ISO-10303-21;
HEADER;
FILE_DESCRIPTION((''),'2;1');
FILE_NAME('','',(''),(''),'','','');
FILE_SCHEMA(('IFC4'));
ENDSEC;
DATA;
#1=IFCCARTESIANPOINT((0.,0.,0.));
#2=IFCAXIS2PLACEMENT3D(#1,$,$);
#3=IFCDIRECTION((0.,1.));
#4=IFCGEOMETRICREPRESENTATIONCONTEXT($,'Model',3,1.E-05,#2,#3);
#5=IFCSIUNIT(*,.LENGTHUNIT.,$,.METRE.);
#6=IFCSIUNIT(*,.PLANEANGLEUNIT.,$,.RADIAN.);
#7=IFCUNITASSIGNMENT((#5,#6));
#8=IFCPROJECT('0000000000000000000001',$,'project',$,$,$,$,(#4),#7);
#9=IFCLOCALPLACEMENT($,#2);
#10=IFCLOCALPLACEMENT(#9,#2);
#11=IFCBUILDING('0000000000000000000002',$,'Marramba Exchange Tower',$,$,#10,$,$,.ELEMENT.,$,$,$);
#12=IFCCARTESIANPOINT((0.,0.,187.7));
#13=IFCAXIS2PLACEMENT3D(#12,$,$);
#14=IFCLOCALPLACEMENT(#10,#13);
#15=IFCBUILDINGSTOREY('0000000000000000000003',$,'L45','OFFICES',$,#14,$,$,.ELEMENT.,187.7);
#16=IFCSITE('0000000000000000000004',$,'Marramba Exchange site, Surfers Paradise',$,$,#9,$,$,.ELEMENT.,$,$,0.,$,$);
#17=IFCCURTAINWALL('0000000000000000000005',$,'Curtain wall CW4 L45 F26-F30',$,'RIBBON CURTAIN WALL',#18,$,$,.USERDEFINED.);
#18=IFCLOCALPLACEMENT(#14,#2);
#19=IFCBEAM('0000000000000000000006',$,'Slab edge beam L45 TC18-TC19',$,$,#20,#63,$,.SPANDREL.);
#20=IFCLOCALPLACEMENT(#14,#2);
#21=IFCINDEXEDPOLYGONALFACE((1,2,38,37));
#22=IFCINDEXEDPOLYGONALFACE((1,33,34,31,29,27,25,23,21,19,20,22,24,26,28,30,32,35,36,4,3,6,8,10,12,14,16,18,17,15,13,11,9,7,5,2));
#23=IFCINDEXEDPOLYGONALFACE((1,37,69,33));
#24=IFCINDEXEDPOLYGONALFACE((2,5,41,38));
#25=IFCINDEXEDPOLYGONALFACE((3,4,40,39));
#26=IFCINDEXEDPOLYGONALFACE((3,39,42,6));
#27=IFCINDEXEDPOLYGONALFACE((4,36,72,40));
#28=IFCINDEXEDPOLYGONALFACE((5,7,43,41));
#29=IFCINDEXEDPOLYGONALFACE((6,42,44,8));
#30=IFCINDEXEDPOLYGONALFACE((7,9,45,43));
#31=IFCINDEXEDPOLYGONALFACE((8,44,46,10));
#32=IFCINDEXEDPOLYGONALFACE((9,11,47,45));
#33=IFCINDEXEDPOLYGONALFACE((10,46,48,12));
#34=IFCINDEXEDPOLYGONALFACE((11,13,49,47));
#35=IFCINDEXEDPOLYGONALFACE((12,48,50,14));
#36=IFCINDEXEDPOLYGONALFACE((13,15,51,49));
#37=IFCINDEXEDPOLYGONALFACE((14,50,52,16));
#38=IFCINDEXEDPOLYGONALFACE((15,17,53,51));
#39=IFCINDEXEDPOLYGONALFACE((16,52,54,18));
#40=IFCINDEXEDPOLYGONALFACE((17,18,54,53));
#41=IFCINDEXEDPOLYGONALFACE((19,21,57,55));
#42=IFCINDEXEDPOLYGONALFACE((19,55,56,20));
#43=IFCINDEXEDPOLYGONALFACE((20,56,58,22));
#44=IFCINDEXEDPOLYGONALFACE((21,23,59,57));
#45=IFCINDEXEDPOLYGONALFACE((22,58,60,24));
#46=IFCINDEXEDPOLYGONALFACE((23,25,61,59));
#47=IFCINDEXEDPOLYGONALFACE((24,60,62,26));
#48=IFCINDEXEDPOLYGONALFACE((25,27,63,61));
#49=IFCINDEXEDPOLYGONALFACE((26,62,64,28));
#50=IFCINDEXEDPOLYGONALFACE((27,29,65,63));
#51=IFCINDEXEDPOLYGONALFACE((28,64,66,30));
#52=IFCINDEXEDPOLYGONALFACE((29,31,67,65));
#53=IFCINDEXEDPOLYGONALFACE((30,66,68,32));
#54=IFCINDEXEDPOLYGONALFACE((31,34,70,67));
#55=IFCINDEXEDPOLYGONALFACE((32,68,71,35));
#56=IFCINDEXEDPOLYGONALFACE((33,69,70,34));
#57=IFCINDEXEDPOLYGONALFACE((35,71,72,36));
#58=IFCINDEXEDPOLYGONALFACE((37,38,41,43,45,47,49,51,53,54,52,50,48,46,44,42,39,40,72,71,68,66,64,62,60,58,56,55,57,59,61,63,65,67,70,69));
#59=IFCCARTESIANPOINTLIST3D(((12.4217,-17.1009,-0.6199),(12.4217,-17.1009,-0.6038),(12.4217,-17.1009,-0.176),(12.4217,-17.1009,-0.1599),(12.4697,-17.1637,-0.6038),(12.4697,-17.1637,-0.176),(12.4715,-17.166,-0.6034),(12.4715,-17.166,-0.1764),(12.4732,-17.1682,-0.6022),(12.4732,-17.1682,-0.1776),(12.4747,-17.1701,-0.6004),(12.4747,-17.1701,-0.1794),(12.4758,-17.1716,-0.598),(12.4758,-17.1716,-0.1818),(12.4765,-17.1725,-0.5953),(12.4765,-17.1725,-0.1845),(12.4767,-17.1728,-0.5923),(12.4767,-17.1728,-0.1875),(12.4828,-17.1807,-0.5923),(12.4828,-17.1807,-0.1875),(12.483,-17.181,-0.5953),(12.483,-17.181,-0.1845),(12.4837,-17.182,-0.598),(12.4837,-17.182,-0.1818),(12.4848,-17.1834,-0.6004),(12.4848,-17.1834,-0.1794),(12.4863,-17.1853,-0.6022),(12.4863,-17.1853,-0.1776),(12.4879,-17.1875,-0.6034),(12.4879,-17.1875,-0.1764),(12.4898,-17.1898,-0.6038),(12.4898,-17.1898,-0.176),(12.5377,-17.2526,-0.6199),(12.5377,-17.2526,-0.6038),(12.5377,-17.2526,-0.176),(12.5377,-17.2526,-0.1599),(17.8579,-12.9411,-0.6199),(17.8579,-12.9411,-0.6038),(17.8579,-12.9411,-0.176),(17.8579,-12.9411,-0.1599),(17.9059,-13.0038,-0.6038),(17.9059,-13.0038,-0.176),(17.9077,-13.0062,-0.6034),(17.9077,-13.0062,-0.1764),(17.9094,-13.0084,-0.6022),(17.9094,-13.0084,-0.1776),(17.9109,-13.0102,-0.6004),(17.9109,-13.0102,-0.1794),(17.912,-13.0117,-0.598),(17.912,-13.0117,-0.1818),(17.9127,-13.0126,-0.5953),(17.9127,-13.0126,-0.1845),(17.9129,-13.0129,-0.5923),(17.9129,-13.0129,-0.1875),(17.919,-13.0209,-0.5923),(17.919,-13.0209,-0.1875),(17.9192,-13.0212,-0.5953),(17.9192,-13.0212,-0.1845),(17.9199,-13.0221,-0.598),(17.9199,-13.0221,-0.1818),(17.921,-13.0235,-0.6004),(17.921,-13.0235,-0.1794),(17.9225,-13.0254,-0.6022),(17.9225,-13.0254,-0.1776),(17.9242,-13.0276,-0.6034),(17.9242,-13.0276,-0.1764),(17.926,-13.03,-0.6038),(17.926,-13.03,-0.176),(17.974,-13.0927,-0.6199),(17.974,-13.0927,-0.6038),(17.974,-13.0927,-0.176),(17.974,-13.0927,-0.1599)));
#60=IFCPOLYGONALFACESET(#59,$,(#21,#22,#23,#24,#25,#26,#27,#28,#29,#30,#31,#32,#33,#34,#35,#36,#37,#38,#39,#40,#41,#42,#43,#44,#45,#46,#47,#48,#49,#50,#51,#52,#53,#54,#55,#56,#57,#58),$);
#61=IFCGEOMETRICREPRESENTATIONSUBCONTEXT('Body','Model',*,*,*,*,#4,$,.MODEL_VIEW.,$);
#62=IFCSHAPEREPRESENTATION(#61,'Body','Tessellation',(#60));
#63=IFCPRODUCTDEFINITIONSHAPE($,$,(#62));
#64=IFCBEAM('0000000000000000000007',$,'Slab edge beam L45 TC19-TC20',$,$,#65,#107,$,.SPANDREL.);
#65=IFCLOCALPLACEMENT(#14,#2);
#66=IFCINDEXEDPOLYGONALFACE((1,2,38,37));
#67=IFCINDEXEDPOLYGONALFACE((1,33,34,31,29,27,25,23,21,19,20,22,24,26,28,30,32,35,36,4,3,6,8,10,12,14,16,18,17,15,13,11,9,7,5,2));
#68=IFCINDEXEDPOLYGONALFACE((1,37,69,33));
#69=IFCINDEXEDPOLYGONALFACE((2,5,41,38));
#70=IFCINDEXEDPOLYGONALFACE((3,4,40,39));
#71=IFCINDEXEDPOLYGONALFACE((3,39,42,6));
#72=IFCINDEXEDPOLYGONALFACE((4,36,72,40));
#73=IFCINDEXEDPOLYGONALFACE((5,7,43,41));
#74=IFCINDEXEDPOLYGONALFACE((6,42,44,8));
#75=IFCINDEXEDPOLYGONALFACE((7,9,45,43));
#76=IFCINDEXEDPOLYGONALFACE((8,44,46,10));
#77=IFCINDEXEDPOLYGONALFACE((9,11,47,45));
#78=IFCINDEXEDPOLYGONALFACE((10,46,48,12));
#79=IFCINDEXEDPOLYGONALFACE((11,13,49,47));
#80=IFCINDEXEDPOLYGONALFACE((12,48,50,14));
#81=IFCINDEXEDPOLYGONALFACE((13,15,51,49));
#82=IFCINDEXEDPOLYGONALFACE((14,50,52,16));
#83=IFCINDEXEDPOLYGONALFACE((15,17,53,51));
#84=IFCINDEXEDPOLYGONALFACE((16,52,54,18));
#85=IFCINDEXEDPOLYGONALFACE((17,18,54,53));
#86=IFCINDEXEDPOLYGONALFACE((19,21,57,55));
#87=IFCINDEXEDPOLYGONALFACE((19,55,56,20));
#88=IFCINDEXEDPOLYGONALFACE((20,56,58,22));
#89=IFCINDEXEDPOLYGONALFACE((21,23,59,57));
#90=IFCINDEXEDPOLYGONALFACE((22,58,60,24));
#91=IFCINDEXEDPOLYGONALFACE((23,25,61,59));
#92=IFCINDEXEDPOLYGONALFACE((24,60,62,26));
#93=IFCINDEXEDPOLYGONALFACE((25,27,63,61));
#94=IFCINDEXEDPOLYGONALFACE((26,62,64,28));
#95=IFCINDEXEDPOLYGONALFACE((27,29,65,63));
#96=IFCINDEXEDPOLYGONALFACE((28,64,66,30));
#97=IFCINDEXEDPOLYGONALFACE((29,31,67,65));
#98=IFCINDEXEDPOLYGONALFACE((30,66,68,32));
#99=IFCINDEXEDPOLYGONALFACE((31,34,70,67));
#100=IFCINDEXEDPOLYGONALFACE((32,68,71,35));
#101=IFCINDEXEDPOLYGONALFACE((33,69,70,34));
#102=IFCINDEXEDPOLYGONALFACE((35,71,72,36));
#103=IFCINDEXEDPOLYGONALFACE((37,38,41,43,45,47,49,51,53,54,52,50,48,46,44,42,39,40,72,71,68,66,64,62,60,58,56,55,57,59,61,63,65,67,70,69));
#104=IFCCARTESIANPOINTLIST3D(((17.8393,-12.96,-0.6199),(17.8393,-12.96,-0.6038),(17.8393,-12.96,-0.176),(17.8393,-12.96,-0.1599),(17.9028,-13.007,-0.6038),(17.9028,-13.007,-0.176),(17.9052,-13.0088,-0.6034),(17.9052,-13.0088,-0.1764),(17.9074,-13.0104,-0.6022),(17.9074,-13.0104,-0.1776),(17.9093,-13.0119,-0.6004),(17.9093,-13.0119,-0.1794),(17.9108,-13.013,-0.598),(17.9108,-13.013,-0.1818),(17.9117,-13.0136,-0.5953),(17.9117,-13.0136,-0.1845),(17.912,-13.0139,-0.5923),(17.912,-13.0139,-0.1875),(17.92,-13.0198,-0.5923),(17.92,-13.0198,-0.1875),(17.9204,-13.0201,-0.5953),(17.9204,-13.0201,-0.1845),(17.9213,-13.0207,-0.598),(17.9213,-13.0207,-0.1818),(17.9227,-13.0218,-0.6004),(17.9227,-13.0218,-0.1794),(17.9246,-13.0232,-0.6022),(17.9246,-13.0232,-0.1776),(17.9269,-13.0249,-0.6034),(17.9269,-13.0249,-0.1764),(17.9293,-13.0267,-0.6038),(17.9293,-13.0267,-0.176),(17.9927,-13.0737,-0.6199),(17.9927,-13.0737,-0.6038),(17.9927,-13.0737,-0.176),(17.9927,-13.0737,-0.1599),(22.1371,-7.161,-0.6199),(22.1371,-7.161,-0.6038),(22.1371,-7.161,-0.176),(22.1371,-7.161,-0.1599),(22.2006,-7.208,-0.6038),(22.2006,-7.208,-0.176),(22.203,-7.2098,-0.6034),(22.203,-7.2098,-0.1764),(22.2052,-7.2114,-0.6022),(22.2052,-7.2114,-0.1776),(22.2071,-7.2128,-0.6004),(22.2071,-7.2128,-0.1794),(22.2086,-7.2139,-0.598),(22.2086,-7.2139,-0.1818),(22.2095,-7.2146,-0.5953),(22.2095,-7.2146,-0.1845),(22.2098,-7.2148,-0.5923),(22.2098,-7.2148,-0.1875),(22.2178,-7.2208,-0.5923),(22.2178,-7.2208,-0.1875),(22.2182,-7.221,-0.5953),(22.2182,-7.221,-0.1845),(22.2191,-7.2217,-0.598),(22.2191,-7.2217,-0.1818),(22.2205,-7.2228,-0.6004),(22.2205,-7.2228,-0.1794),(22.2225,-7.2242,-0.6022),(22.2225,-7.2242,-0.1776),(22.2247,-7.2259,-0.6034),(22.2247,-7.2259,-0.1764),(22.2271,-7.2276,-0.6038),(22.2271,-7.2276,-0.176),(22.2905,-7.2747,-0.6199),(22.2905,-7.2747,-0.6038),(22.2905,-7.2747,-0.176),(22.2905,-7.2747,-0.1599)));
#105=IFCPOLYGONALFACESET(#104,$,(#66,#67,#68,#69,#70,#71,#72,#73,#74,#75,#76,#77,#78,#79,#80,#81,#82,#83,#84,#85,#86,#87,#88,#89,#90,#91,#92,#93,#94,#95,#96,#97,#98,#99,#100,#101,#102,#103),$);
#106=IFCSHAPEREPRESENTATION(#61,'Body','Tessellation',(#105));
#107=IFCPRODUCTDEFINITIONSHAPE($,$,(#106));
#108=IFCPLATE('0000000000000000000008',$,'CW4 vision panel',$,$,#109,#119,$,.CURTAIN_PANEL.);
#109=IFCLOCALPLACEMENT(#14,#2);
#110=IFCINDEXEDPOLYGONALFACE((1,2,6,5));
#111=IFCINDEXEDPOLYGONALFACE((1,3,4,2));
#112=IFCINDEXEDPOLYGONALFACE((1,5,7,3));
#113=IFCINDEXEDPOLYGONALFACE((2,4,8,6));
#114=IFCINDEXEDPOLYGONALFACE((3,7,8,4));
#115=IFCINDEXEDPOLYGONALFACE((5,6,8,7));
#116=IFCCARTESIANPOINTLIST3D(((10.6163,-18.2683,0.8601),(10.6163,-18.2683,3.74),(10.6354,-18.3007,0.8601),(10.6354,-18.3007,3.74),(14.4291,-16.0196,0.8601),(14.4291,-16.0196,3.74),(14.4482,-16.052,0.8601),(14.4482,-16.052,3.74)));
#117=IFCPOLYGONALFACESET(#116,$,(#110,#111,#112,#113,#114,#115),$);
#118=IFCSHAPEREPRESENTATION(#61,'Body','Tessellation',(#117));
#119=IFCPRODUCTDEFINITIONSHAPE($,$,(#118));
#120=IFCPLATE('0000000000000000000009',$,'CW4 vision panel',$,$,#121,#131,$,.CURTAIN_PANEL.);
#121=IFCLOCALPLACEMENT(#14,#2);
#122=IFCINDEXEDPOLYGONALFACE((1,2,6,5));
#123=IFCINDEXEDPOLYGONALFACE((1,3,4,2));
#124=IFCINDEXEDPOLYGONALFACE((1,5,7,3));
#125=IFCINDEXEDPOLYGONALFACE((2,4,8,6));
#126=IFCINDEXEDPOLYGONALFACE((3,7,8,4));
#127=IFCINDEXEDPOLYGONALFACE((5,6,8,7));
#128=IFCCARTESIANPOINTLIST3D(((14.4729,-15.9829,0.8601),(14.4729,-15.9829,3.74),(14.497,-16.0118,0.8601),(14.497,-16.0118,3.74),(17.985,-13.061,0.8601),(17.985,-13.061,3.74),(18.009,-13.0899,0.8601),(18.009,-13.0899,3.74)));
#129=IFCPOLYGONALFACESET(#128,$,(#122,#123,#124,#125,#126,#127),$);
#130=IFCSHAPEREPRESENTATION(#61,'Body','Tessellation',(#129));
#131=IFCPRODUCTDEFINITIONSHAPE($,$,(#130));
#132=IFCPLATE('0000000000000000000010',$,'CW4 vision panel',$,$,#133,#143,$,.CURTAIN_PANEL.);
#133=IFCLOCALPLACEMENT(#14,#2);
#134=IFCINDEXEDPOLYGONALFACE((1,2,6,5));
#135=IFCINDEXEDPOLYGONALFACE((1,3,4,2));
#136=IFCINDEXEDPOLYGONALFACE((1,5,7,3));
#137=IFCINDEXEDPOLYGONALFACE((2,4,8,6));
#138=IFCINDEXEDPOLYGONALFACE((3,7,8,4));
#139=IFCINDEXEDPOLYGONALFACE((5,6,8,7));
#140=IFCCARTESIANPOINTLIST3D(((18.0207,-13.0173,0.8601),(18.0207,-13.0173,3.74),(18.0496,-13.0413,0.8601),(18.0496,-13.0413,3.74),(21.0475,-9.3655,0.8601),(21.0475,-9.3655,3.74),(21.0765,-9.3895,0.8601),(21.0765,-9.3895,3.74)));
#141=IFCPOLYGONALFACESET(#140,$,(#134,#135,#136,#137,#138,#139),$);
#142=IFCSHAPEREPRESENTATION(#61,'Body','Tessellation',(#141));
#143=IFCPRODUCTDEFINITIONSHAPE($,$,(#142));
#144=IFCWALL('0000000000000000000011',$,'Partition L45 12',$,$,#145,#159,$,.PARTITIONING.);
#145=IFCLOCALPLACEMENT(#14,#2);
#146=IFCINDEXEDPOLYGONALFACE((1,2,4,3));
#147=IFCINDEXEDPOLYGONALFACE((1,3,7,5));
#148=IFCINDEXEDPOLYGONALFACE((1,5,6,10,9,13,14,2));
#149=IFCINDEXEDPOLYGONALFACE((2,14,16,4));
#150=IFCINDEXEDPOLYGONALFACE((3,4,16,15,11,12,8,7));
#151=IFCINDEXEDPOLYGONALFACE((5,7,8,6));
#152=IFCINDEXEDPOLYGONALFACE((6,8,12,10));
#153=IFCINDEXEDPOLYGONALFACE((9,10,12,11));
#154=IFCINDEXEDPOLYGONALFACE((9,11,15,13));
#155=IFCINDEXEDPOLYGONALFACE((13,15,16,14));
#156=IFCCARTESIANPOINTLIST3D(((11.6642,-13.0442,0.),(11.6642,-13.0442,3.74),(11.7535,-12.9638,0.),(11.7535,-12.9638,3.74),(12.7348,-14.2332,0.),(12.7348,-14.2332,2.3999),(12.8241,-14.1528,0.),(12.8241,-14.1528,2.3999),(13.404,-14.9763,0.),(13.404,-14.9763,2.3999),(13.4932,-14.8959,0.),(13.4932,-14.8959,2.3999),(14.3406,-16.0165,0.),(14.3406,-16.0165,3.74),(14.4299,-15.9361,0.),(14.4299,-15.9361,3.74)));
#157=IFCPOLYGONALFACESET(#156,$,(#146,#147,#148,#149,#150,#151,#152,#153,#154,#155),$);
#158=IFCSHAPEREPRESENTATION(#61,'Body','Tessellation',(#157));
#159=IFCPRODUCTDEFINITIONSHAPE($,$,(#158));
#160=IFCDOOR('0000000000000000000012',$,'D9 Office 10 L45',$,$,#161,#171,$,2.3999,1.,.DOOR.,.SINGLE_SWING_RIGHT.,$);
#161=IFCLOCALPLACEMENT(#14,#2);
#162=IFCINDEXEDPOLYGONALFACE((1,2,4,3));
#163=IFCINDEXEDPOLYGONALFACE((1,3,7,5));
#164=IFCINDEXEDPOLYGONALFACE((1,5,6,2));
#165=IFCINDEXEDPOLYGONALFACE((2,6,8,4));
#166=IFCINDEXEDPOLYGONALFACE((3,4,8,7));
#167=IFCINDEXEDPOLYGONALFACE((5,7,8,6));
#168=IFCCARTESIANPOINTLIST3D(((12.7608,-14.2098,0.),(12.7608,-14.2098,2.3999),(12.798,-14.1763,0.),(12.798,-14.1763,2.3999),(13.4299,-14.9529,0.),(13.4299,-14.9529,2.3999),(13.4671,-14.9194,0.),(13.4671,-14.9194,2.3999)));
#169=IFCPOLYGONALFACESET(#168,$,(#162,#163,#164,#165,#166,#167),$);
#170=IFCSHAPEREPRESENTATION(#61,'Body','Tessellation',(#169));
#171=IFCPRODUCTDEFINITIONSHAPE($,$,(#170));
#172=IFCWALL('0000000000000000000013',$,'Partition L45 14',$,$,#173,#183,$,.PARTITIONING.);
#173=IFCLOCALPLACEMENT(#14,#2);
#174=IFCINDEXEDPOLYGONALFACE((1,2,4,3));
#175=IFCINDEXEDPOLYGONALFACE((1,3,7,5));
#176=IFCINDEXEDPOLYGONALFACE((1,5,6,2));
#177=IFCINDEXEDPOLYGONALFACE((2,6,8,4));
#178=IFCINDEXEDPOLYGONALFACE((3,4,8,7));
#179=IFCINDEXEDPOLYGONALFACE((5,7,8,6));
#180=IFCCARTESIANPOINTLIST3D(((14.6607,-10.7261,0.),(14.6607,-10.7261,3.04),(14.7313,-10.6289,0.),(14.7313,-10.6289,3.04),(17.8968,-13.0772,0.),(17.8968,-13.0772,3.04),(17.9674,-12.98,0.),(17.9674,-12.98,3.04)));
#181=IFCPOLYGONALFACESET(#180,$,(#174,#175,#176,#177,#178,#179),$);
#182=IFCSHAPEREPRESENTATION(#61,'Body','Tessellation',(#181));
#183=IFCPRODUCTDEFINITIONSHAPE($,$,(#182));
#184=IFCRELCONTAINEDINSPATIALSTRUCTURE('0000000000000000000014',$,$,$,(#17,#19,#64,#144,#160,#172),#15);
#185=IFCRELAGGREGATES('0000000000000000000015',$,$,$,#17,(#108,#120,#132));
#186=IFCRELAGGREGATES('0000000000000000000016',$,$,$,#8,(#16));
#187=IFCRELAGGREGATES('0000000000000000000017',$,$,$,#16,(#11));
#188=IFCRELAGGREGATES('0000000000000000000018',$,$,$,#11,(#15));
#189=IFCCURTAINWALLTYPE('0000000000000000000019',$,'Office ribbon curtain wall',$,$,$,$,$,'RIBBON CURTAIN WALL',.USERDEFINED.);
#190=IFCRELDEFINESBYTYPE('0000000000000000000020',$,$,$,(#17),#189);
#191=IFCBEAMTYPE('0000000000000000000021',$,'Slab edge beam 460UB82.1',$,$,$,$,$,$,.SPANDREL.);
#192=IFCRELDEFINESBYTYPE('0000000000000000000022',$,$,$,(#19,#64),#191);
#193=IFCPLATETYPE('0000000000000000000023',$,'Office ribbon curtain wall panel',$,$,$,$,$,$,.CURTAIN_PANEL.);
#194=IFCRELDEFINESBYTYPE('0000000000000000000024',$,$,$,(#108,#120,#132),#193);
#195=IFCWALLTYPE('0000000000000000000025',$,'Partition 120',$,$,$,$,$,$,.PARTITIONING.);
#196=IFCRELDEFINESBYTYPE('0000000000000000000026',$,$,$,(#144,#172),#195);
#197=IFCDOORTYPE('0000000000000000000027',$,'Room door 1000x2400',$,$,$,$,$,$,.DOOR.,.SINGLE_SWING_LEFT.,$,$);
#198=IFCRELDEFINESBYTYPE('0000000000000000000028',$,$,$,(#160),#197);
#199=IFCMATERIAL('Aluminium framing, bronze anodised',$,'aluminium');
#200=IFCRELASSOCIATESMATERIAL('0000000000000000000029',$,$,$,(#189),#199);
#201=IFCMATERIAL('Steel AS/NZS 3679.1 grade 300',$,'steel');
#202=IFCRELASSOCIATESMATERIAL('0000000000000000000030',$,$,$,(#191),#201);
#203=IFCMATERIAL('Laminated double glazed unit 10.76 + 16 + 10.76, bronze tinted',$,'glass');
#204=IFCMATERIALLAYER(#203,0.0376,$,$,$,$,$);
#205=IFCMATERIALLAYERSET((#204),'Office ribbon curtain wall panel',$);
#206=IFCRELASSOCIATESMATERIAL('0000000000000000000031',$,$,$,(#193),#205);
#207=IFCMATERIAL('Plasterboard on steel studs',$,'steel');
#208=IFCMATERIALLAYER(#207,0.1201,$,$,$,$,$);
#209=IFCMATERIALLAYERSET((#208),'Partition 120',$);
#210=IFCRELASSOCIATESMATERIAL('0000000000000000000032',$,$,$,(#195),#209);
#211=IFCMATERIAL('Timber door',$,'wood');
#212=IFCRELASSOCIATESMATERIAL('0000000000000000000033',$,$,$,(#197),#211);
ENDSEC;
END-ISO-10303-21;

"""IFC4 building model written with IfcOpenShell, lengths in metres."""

from ifc_helpers import new_model, si_unit, direction, frame, frame_2d, origin, origin_2d, place, context, subcontext, project, spatial, rectangle, i_section, extrude, material, layer, layer_set, material_profile, profile_set, type_object, element, fill, aggregate, save


model = new_model("IFC4")

# Units and contexts
model_context = context("Model", 3, precision=1e-05, world=origin(), true_north=direction((0.0, 1.0)))
body_context = subcontext(model_context, "Body", "Model", "MODEL_VIEW")
ifc_project = project(units=[si_unit("LENGTHUNIT", "METRE"), si_unit("PLANEANGLEUNIT", "RADIAN")], contexts=[model_context])

# Site, building, storey
site_placement = place(None, origin())
site = spatial("IfcSite", under=ifc_project, at=site_placement, Name="Marramba Exchange site, Surfers Paradise", CompositionType="ELEMENT", RefElevation=0.0)
building_placement = place(site_placement, origin())
building = spatial("IfcBuilding", under=site, at=building_placement, Name="Marramba Exchange Tower", CompositionType="ELEMENT")
storey_placement = place(building_placement, frame((0.0, 0.0, 187.7)))
storey = spatial("IfcBuildingStorey", under=building, at=storey_placement, Name="L45", Description="OFFICES", CompositionType="ELEMENT", Elevation=187.7)

# Curtain wall
ifc_material_1 = material(Name="Aluminium framing, bronze anodised", Category="aluminium")
curtain_wall_type = type_object("IfcCurtainWallType", Name="Office ribbon curtain wall", ElementType="RIBBON CURTAIN WALL", PredefinedType="USERDEFINED", material=ifc_material_1)
curtain_wall_placement = place(storey_placement, origin())
curtain_wall = element("IfcCurtainWall", 1, at=curtain_wall_placement, inside=storey, type_object=curtain_wall_type, Name="Curtain wall CW4 L45 F26-F30", ObjectType="RIBBON CURTAIN WALL", PredefinedType="USERDEFINED")

# Beams
ifc_material_2 = material(Name="Steel AS/NZS 3679.1 grade 300", Category="steel")
ifc_material_profile_1 = material_profile(ifc_material_2, i_section(OverallWidth=0.1909, OverallDepth=0.46, WebThickness=0.01, FlangeThickness=0.0161, FilletRadius=0.0115, at=origin_2d()), Name="460UB82.1")
ifc_profile_set_1 = profile_set([ifc_material_profile_1], Name="Steel AS/NZS 3679.1 grade 300")
beam_type_1 = type_object("IfcBeamType", Name="Slab edge beam 460UB82.1", PredefinedType="SPANDREL", material=ifc_profile_set_1)
beam_1_placement = place(storey_placement, frame((12.4797, -17.1768, -0.3899), z_axis=(0.794163, 0.607704, 0.0), x_axis=(-0.607704, 0.794163, 0.0)))
element("IfcBeam", 2, at=beam_1_placement, inside=storey, type_object=beam_type_1, Name="Slab edge beam L45 TC18-TC19", PredefinedType="SPANDREL", context=body_context, shape_type="SweptSolid", body=[
    extrude(i_section(OverallWidth=0.1909, OverallDepth=0.46, WebThickness=0.01, FlangeThickness=0.0161, FilletRadius=0.0115, at=origin_2d()), origin(), (0.0, 0.0, 1.0), 6.8452),
])
beam_2_placement = place(storey_placement, frame((17.916, -13.0168, -0.3899), z_axis=(0.595428, 0.803409, 0.0), x_axis=(-0.803409, 0.595428, 0.0)))
element("IfcBeam", 3, at=beam_2_placement, inside=storey, type_object=beam_type_1, Name="Slab edge beam L45 TC19-TC20", PredefinedType="SPANDREL", context=body_context, shape_type="SweptSolid", body=[
    extrude(i_section(OverallWidth=0.1909, OverallDepth=0.46, WebThickness=0.01, FlangeThickness=0.0161, FilletRadius=0.0115, at=origin_2d()), origin(), (0.0, 0.0, 1.0), 7.218),
])

# Plates
ifc_material_3 = material(Name="Laminated double glazed unit 10.76 + 16 + 10.76, bronze tinted", Category="glass")
ifc_layer_1 = layer(ifc_material_3, 0.0376)
ifc_layer_set_1 = layer_set([ifc_layer_1], Name="Office ribbon curtain wall panel")
plate_type = type_object("IfcPlateType", Name="Office ribbon curtain wall panel", PredefinedType="CURTAIN_PANEL", material=ifc_layer_set_1)
plate_1_placement = place(storey_placement, frame((12.5322, -17.1602, 0.8601), z_axis=(0.0, 0.0, 1.0), x_axis=(0.861351, 0.508011, 0.0)))
plate_1 = element("IfcPlate", 4, at=plate_1_placement, type_object=plate_type, Name="CW4 vision panel", PredefinedType="CURTAIN_PANEL", context=body_context, shape_type="SweptSolid", body=[
    extrude(rectangle(XDim=4.4265, YDim=0.0376, at=origin_2d()), origin(), (0.0, 0.0, 1.0), 2.8799),
])
plate_2_placement = place(storey_placement, frame((16.241, -14.5364, 0.8601), z_axis=(0.0, 0.0, 1.0), x_axis=(0.768737, 0.639565, 0.0)))
plate_2 = element("IfcPlate", 5, at=plate_2_placement, type_object=plate_type, Name="CW4 vision panel", PredefinedType="CURTAIN_PANEL", context=body_context, shape_type="SweptSolid", body=[
    extrude(rectangle(XDim=4.5686, YDim=0.0376, at=origin_2d()), origin(), (0.0, 0.0, 1.0), 2.8799),
])
plate_3_placement = place(storey_placement, frame((19.5486, -11.2034, 0.8601), z_axis=(0.0, 0.0, 1.0), x_axis=(0.63815, 0.769912, 0.0)))
plate_3 = element("IfcPlate", 6, at=plate_3_placement, type_object=plate_type, Name="CW4 vision panel", PredefinedType="CURTAIN_PANEL", context=body_context, shape_type="SweptSolid", body=[
    extrude(rectangle(XDim=4.7432, YDim=0.0376, at=origin_2d()), origin(), (0.0, 0.0, 1.0), 2.8799),
])
aggregate(curtain_wall, [plate_1, plate_2, plate_3])

# Wall, opening, door
ifc_material_4 = material(Name="Plasterboard on steel studs", Category="steel")
ifc_layer_2 = layer(ifc_material_4, 0.1201)
ifc_layer_set_2 = layer_set([ifc_layer_2], Name="Partition 120")
wall_type = type_object("IfcWallType", Name="Partition 120", PredefinedType="PARTITIONING", material=ifc_layer_set_2)
wall_1_placement = place(storey_placement, frame((11.7087, -13.0039, 0.0), z_axis=(0.0, 0.0, 1.0), x_axis=(0.66915, -0.743127, 0.0)))
wall_1 = element("IfcWall", 7, at=wall_1_placement, inside=storey, type_object=wall_type, Name="Partition L45 12", PredefinedType="PARTITIONING", context=body_context, shape_type="SweptSolid", body=[
    extrude(rectangle(XDim=3.9998, YDim=0.1201, at=frame_2d((2.0, 0.0))), origin(), (0.0, 0.0, 1.0), 3.74),
])
opening_placement = place(wall_1_placement, frame((1.6001, 0.0, 0.0)))
opening = element("IfcOpeningElement", 8, at=opening_placement, cuts=wall_1, PredefinedType="OPENING", context=body_context, shape_type="SweptSolid", body=[
    extrude(rectangle(XDim=1.0, YDim=2.3999, at=frame_2d((0.5, 1.2))), frame((0.0, 0.0701, 0.0), z_axis=(0.0, -1.0, 0.0), x_axis=(1.0, 0.0, 0.0)), (0.0, 0.0, 1.0), 0.1401),
])
ifc_material_5 = material(Name="Timber door", Category="wood")
door_type = type_object("IfcDoorType", Name="Room door 1000x2400", OperationType="SINGLE_SWING_LEFT", PredefinedType="DOOR", material=ifc_material_5)
door_placement = place(opening_placement, origin())
door = element("IfcDoor", 9, at=door_placement, inside=storey, type_object=door_type, Name="D9 Office 10 L45", OperationType="SINGLE_SWING_RIGHT", OverallHeight=2.3999, OverallWidth=1.0, PredefinedType="DOOR", context=body_context, shape_type="SweptSolid", body=[
    extrude(rectangle(XDim=1.0, YDim=2.3999, at=frame_2d((0.5, 1.2))), frame((0.0, 0.0249, 0.0), z_axis=(0.0, -1.0, 0.0), x_axis=(1.0, 0.0, 0.0)), (0.0, 0.0, 1.0), 0.05),
])
fill(opening, door)

# Wall
wall_2_placement = place(storey_placement, frame((17.9321, -13.0286, 0.0), z_axis=(0.0, 0.0, 1.0), x_axis=(-0.809026, 0.587772, 0.0)))
element("IfcWall", 10, at=wall_2_placement, inside=storey, type_object=wall_type, Name="Partition L45 14", PredefinedType="PARTITIONING", context=body_context, shape_type="SweptSolid", body=[
    extrude(rectangle(XDim=4.0, YDim=0.1201, at=frame_2d((2.0, 0.0))), origin(), (0.0, 0.0, 1.0), 3.04),
])

save(model, "model.ifc")
